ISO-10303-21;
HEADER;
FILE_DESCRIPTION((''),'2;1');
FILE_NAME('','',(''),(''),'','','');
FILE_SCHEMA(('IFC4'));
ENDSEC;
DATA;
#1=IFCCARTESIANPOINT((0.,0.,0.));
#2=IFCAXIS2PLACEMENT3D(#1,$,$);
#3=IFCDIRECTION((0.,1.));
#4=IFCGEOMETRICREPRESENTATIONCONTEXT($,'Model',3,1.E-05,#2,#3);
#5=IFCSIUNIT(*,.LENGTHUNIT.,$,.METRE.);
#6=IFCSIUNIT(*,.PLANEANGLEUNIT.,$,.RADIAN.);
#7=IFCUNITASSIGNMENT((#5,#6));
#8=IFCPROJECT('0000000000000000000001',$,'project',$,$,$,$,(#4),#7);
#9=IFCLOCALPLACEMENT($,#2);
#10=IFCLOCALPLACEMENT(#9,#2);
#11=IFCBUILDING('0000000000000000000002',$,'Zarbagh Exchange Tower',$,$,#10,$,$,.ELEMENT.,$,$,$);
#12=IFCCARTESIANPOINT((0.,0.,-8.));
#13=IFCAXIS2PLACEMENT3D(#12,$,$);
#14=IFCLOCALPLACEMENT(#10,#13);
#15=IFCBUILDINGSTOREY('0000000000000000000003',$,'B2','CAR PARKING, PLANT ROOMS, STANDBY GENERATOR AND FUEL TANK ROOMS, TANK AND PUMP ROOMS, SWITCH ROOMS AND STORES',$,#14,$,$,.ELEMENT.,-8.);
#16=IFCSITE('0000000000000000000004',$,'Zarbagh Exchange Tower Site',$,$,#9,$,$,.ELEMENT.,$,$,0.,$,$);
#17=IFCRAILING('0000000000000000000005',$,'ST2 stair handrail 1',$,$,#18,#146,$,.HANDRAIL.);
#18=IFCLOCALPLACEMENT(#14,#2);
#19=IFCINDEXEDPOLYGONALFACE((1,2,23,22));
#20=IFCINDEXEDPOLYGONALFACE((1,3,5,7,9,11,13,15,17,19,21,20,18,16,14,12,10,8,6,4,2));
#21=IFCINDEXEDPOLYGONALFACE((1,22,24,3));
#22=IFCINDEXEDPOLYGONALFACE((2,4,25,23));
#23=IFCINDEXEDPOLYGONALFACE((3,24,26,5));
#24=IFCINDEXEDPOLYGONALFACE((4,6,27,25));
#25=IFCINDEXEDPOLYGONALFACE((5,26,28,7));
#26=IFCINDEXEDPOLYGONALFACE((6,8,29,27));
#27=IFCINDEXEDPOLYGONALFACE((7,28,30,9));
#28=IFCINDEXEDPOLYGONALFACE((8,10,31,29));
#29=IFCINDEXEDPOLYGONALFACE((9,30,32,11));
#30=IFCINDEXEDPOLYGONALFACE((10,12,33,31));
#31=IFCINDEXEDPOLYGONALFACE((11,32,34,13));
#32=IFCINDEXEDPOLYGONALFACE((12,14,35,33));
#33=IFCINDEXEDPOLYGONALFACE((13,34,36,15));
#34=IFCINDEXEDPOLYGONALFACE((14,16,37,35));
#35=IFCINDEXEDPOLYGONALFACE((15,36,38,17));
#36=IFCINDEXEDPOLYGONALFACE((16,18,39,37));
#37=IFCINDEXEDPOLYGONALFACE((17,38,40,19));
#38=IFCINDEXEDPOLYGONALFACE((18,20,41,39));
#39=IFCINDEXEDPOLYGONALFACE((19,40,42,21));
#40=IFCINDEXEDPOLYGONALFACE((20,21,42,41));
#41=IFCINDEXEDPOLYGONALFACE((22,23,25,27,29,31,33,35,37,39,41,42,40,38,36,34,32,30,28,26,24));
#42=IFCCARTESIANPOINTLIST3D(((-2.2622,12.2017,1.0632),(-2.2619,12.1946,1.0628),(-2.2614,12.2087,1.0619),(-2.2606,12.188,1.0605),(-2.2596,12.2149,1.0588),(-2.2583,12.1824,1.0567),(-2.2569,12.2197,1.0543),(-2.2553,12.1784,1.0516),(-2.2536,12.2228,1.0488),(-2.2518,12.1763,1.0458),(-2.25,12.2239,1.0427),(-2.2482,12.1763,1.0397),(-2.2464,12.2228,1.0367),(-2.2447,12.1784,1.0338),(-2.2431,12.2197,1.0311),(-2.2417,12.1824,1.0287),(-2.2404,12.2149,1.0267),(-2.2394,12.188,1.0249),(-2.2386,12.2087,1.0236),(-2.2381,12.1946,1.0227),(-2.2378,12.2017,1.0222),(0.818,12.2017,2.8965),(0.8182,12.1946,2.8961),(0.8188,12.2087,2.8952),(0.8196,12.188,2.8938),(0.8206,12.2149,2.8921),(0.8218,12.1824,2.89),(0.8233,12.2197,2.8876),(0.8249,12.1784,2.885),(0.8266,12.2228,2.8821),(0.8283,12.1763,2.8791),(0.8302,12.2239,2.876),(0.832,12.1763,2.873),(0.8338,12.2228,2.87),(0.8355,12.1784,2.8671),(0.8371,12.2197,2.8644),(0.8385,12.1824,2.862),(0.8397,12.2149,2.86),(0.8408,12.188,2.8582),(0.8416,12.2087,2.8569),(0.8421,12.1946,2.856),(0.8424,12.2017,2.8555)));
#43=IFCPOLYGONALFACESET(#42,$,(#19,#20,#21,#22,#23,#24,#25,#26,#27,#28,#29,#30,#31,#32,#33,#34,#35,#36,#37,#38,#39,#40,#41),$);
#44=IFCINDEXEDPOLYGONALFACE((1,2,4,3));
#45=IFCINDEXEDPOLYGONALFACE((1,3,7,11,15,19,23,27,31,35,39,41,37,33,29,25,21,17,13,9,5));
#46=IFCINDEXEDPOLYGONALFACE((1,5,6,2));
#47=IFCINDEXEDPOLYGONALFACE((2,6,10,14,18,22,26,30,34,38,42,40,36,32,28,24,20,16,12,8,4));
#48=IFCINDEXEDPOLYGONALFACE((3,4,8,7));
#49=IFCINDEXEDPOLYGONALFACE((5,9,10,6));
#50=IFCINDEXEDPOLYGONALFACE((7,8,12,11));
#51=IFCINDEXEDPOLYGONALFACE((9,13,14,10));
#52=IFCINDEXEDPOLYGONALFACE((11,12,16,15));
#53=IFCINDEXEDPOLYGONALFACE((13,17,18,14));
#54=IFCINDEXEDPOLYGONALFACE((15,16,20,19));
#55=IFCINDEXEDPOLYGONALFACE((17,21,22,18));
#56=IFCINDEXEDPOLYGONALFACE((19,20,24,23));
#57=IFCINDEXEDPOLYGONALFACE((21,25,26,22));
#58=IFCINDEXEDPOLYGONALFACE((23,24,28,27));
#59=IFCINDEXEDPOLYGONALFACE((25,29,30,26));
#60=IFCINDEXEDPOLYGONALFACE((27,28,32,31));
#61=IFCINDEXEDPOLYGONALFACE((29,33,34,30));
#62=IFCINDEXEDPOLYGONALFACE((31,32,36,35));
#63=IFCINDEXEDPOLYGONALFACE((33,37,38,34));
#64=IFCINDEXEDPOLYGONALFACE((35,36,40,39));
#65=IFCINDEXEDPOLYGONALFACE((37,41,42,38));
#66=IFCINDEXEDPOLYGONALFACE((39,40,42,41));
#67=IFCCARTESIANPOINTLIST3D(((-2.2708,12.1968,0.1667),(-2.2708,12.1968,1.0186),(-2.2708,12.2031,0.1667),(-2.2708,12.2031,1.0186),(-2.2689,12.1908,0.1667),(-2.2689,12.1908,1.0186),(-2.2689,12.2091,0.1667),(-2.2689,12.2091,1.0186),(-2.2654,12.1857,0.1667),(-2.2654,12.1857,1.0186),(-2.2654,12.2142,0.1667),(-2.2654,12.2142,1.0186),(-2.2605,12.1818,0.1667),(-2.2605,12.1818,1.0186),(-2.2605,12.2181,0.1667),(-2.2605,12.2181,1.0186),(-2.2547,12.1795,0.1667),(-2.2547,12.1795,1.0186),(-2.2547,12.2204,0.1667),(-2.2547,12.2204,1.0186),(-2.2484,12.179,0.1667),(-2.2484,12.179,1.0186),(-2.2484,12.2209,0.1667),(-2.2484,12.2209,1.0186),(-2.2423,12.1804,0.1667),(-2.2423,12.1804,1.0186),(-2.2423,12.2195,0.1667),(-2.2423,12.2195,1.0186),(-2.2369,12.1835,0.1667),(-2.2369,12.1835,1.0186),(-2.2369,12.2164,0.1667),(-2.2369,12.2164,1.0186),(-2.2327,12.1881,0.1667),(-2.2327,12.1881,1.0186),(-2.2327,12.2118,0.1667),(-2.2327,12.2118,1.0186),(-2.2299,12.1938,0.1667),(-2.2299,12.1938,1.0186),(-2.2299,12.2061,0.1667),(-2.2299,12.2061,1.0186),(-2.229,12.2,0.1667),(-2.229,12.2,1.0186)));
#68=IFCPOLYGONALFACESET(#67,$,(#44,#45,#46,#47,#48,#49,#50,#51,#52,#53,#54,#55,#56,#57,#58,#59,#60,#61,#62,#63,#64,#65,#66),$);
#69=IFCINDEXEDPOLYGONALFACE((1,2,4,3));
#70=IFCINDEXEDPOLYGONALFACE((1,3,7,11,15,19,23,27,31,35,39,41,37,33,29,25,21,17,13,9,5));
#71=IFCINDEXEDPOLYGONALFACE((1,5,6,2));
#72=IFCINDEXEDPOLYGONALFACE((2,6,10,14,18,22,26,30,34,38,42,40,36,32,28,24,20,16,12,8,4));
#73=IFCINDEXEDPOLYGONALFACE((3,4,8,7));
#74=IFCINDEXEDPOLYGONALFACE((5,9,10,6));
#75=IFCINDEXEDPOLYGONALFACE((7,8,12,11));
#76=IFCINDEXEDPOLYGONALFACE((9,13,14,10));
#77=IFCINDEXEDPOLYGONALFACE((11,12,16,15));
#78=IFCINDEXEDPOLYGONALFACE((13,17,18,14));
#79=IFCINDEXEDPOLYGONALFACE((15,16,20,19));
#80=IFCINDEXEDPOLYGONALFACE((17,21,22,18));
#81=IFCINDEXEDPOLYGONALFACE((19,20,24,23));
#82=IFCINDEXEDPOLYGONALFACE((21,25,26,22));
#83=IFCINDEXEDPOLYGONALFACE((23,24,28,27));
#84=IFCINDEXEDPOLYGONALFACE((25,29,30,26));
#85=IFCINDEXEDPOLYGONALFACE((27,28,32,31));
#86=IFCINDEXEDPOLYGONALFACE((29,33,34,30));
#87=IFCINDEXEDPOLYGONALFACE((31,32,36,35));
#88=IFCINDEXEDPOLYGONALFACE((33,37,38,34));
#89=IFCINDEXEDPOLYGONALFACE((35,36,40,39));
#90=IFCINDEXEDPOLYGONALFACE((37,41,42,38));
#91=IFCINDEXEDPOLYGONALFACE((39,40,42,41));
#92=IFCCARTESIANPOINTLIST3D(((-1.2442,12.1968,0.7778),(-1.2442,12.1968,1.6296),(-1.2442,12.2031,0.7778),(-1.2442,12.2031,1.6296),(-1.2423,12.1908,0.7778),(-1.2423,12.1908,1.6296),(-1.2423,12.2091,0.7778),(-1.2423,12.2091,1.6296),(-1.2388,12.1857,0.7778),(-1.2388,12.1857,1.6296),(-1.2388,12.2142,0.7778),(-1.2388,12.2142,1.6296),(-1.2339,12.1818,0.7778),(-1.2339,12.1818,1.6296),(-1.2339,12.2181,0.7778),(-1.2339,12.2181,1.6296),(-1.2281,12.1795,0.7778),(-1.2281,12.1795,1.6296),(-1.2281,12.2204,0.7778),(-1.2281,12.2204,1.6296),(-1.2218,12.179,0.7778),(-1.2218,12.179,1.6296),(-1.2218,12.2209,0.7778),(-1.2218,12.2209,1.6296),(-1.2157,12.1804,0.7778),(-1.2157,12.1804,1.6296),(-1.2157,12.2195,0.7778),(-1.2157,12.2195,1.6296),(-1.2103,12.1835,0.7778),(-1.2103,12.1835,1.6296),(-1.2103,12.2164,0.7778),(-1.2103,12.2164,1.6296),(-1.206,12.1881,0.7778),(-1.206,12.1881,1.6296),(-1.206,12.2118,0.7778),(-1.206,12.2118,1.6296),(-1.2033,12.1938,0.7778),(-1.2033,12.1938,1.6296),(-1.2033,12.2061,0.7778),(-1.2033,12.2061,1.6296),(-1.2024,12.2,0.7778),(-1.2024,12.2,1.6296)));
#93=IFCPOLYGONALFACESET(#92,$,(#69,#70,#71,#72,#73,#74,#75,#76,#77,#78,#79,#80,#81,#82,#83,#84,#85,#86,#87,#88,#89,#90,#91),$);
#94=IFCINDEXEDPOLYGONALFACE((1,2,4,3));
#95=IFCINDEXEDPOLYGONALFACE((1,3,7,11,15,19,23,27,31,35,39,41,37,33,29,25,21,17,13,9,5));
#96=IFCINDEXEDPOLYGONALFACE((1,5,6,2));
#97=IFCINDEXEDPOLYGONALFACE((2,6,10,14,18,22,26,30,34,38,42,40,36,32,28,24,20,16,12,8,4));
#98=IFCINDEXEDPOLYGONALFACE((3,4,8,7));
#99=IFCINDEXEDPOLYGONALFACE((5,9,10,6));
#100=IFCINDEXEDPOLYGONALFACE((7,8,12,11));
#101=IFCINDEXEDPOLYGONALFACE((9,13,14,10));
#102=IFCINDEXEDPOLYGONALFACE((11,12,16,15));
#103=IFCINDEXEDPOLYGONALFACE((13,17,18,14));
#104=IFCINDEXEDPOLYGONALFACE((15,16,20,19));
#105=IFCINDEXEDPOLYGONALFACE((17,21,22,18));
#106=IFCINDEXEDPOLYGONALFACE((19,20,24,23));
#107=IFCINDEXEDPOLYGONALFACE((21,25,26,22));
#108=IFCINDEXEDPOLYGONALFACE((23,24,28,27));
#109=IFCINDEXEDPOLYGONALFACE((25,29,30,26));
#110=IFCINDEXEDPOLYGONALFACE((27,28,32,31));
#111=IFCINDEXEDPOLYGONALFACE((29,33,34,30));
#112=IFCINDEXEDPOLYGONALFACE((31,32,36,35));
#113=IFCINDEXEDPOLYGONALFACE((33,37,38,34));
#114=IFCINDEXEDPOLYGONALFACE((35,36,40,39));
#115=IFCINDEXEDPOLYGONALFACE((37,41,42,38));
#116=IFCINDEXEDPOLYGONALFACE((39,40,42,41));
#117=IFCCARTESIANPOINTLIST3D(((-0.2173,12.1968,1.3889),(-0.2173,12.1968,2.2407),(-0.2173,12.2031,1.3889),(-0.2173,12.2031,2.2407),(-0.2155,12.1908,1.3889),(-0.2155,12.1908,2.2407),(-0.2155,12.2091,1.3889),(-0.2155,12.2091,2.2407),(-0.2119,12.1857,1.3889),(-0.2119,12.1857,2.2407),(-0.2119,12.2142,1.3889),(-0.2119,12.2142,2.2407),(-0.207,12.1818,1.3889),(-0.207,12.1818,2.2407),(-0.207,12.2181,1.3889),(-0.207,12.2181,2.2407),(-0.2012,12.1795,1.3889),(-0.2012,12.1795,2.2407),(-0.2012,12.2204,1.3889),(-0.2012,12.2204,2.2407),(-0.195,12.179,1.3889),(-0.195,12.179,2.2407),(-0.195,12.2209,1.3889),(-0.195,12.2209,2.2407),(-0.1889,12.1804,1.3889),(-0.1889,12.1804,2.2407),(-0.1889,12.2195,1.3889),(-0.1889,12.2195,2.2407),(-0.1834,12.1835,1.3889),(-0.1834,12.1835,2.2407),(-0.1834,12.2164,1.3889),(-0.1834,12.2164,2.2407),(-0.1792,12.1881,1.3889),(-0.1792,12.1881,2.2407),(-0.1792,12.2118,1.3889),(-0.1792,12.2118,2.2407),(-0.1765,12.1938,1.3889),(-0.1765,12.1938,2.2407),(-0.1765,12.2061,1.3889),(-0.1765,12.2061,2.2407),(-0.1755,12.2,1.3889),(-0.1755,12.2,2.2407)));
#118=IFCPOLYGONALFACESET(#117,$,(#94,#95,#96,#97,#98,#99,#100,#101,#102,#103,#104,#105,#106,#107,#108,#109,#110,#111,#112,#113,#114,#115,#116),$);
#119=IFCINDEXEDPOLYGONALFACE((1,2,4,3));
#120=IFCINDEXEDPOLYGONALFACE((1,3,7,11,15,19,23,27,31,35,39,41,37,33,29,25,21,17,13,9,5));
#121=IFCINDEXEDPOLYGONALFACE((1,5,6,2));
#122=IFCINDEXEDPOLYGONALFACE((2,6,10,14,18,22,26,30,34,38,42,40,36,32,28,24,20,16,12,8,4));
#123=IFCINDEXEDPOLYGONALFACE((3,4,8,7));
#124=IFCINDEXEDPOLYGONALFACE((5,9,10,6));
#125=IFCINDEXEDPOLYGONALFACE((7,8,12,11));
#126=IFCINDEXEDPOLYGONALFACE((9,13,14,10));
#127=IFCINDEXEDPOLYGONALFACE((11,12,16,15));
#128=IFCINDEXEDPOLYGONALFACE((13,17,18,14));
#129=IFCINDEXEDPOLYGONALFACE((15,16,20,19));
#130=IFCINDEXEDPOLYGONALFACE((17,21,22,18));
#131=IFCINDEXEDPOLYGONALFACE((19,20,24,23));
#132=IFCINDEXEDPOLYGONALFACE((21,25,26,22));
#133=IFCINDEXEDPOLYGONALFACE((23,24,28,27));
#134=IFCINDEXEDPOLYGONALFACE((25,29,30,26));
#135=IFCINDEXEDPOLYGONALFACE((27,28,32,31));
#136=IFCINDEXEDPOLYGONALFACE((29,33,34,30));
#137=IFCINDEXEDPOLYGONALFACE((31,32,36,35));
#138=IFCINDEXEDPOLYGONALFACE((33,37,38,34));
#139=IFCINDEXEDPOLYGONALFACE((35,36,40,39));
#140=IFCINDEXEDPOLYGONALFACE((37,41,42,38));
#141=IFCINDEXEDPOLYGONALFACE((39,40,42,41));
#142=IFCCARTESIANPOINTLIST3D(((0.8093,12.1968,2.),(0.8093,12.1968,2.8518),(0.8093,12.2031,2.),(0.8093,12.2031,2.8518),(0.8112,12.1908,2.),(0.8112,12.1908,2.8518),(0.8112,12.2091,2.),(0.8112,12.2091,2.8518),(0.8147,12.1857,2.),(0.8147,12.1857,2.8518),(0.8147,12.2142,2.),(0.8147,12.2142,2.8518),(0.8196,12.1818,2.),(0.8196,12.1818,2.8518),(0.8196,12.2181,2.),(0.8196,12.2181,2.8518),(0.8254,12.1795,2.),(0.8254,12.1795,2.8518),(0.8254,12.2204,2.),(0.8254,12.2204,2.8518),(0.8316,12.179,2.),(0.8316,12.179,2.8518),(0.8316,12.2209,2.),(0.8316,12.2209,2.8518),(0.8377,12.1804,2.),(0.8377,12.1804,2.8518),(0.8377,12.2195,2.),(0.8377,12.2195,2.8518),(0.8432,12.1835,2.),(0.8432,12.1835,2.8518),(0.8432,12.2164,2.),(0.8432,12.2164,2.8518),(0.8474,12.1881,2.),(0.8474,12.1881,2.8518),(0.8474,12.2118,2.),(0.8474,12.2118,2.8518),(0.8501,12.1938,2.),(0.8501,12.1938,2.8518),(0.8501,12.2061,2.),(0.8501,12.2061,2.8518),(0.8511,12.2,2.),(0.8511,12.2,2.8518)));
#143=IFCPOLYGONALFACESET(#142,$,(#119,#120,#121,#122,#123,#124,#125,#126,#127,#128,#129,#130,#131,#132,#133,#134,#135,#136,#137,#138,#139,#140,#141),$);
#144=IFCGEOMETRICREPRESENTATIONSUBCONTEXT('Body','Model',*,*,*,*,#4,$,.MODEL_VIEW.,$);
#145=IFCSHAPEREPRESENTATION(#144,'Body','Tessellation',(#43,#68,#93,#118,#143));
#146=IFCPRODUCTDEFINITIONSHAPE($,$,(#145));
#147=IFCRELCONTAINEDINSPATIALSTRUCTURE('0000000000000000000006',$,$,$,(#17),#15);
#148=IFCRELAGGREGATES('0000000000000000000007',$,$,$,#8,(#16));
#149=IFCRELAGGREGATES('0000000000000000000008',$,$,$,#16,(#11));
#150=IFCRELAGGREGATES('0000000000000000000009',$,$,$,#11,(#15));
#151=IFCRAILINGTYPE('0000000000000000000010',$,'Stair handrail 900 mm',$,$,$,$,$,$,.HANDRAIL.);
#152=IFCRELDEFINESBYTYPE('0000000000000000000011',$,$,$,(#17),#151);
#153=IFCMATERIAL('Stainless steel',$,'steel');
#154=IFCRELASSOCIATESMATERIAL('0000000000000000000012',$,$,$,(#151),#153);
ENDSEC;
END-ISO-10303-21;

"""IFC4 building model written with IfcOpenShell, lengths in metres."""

from ifc_helpers import new_model, si_unit, direction, frame, origin, origin_2d, place, context, subcontext, project, spatial, circle, extrude, material, type_object, element, save


model = new_model("IFC4")

# Units and contexts
model_context = context("Model", 3, precision=1e-05, world=origin(), true_north=direction((0.0, 1.0)))
body_context = subcontext(model_context, "Body", "Model", "MODEL_VIEW")
ifc_project = project(units=[si_unit("LENGTHUNIT", "METRE"), si_unit("PLANEANGLEUNIT", "RADIAN")], contexts=[model_context])

# Site, building, storey
site_placement = place(None, origin())
site = spatial("IfcSite", under=ifc_project, at=site_placement, Name="Zarbagh Exchange Tower Site", CompositionType="ELEMENT", RefElevation=0.0)
building_placement = place(site_placement, origin())
building = spatial("IfcBuilding", under=site, at=building_placement, Name="Zarbagh Exchange Tower", CompositionType="ELEMENT")
storey_placement = place(building_placement, frame((0.0, 0.0, -8.0)))
storey = spatial("IfcBuildingStorey", under=building, at=storey_placement, Name="B2", Description="CAR PARKING, PLANT ROOMS, STANDBY GENERATOR AND FUEL TANK ROOMS, TANK AND PUMP ROOMS, SWITCH ROOMS AND STORES", CompositionType="ELEMENT", Elevation=-8.0)

# Railing
ifc_material_1 = material(Name="Stainless steel", Category="steel")
railing_type_1 = type_object("IfcRailingType", Name="Stair handrail 900 mm", PredefinedType="HANDRAIL", material=ifc_material_1)
for number, where, name in (
    (1, (-2.25, 12.2, 0.1667), "ST2 stair handrail 1"),
):
    element("IfcRailing", number, at=place(storey_placement, frame(where)), inside=storey, type_object=railing_type_1, Name=name, PredefinedType="HANDRAIL", context=body_context, shape_type="SweptSolid", body=[
        extrude(circle(Radius=0.0239, at=origin_2d()), frame((0.0, 0.0, 0.876), z_axis=(0.859309, 0.0, 0.511458), x_axis=(0.0, 1.0, 0.0)), (0.0, 0.0, 1.0), 3.5845),
        extrude(circle(Radius=0.021, at=origin_2d()), origin(), (0.0, 0.0, 1.0), 0.8518),
        extrude(circle(Radius=0.021, at=origin_2d()), frame((1.0266, 0.0, 0.6111)), (0.0, 0.0, 1.0), 0.8518),
        extrude(circle(Radius=0.021, at=origin_2d()), frame((2.0535, 0.0, 1.2222)), (0.0, 0.0, 1.0), 0.8518),
        extrude(circle(Radius=0.021, at=origin_2d()), frame((3.0801, 0.0, 1.8333)), (0.0, 0.0, 1.0), 0.8518),
    ])

save(model, "model.ifc")
